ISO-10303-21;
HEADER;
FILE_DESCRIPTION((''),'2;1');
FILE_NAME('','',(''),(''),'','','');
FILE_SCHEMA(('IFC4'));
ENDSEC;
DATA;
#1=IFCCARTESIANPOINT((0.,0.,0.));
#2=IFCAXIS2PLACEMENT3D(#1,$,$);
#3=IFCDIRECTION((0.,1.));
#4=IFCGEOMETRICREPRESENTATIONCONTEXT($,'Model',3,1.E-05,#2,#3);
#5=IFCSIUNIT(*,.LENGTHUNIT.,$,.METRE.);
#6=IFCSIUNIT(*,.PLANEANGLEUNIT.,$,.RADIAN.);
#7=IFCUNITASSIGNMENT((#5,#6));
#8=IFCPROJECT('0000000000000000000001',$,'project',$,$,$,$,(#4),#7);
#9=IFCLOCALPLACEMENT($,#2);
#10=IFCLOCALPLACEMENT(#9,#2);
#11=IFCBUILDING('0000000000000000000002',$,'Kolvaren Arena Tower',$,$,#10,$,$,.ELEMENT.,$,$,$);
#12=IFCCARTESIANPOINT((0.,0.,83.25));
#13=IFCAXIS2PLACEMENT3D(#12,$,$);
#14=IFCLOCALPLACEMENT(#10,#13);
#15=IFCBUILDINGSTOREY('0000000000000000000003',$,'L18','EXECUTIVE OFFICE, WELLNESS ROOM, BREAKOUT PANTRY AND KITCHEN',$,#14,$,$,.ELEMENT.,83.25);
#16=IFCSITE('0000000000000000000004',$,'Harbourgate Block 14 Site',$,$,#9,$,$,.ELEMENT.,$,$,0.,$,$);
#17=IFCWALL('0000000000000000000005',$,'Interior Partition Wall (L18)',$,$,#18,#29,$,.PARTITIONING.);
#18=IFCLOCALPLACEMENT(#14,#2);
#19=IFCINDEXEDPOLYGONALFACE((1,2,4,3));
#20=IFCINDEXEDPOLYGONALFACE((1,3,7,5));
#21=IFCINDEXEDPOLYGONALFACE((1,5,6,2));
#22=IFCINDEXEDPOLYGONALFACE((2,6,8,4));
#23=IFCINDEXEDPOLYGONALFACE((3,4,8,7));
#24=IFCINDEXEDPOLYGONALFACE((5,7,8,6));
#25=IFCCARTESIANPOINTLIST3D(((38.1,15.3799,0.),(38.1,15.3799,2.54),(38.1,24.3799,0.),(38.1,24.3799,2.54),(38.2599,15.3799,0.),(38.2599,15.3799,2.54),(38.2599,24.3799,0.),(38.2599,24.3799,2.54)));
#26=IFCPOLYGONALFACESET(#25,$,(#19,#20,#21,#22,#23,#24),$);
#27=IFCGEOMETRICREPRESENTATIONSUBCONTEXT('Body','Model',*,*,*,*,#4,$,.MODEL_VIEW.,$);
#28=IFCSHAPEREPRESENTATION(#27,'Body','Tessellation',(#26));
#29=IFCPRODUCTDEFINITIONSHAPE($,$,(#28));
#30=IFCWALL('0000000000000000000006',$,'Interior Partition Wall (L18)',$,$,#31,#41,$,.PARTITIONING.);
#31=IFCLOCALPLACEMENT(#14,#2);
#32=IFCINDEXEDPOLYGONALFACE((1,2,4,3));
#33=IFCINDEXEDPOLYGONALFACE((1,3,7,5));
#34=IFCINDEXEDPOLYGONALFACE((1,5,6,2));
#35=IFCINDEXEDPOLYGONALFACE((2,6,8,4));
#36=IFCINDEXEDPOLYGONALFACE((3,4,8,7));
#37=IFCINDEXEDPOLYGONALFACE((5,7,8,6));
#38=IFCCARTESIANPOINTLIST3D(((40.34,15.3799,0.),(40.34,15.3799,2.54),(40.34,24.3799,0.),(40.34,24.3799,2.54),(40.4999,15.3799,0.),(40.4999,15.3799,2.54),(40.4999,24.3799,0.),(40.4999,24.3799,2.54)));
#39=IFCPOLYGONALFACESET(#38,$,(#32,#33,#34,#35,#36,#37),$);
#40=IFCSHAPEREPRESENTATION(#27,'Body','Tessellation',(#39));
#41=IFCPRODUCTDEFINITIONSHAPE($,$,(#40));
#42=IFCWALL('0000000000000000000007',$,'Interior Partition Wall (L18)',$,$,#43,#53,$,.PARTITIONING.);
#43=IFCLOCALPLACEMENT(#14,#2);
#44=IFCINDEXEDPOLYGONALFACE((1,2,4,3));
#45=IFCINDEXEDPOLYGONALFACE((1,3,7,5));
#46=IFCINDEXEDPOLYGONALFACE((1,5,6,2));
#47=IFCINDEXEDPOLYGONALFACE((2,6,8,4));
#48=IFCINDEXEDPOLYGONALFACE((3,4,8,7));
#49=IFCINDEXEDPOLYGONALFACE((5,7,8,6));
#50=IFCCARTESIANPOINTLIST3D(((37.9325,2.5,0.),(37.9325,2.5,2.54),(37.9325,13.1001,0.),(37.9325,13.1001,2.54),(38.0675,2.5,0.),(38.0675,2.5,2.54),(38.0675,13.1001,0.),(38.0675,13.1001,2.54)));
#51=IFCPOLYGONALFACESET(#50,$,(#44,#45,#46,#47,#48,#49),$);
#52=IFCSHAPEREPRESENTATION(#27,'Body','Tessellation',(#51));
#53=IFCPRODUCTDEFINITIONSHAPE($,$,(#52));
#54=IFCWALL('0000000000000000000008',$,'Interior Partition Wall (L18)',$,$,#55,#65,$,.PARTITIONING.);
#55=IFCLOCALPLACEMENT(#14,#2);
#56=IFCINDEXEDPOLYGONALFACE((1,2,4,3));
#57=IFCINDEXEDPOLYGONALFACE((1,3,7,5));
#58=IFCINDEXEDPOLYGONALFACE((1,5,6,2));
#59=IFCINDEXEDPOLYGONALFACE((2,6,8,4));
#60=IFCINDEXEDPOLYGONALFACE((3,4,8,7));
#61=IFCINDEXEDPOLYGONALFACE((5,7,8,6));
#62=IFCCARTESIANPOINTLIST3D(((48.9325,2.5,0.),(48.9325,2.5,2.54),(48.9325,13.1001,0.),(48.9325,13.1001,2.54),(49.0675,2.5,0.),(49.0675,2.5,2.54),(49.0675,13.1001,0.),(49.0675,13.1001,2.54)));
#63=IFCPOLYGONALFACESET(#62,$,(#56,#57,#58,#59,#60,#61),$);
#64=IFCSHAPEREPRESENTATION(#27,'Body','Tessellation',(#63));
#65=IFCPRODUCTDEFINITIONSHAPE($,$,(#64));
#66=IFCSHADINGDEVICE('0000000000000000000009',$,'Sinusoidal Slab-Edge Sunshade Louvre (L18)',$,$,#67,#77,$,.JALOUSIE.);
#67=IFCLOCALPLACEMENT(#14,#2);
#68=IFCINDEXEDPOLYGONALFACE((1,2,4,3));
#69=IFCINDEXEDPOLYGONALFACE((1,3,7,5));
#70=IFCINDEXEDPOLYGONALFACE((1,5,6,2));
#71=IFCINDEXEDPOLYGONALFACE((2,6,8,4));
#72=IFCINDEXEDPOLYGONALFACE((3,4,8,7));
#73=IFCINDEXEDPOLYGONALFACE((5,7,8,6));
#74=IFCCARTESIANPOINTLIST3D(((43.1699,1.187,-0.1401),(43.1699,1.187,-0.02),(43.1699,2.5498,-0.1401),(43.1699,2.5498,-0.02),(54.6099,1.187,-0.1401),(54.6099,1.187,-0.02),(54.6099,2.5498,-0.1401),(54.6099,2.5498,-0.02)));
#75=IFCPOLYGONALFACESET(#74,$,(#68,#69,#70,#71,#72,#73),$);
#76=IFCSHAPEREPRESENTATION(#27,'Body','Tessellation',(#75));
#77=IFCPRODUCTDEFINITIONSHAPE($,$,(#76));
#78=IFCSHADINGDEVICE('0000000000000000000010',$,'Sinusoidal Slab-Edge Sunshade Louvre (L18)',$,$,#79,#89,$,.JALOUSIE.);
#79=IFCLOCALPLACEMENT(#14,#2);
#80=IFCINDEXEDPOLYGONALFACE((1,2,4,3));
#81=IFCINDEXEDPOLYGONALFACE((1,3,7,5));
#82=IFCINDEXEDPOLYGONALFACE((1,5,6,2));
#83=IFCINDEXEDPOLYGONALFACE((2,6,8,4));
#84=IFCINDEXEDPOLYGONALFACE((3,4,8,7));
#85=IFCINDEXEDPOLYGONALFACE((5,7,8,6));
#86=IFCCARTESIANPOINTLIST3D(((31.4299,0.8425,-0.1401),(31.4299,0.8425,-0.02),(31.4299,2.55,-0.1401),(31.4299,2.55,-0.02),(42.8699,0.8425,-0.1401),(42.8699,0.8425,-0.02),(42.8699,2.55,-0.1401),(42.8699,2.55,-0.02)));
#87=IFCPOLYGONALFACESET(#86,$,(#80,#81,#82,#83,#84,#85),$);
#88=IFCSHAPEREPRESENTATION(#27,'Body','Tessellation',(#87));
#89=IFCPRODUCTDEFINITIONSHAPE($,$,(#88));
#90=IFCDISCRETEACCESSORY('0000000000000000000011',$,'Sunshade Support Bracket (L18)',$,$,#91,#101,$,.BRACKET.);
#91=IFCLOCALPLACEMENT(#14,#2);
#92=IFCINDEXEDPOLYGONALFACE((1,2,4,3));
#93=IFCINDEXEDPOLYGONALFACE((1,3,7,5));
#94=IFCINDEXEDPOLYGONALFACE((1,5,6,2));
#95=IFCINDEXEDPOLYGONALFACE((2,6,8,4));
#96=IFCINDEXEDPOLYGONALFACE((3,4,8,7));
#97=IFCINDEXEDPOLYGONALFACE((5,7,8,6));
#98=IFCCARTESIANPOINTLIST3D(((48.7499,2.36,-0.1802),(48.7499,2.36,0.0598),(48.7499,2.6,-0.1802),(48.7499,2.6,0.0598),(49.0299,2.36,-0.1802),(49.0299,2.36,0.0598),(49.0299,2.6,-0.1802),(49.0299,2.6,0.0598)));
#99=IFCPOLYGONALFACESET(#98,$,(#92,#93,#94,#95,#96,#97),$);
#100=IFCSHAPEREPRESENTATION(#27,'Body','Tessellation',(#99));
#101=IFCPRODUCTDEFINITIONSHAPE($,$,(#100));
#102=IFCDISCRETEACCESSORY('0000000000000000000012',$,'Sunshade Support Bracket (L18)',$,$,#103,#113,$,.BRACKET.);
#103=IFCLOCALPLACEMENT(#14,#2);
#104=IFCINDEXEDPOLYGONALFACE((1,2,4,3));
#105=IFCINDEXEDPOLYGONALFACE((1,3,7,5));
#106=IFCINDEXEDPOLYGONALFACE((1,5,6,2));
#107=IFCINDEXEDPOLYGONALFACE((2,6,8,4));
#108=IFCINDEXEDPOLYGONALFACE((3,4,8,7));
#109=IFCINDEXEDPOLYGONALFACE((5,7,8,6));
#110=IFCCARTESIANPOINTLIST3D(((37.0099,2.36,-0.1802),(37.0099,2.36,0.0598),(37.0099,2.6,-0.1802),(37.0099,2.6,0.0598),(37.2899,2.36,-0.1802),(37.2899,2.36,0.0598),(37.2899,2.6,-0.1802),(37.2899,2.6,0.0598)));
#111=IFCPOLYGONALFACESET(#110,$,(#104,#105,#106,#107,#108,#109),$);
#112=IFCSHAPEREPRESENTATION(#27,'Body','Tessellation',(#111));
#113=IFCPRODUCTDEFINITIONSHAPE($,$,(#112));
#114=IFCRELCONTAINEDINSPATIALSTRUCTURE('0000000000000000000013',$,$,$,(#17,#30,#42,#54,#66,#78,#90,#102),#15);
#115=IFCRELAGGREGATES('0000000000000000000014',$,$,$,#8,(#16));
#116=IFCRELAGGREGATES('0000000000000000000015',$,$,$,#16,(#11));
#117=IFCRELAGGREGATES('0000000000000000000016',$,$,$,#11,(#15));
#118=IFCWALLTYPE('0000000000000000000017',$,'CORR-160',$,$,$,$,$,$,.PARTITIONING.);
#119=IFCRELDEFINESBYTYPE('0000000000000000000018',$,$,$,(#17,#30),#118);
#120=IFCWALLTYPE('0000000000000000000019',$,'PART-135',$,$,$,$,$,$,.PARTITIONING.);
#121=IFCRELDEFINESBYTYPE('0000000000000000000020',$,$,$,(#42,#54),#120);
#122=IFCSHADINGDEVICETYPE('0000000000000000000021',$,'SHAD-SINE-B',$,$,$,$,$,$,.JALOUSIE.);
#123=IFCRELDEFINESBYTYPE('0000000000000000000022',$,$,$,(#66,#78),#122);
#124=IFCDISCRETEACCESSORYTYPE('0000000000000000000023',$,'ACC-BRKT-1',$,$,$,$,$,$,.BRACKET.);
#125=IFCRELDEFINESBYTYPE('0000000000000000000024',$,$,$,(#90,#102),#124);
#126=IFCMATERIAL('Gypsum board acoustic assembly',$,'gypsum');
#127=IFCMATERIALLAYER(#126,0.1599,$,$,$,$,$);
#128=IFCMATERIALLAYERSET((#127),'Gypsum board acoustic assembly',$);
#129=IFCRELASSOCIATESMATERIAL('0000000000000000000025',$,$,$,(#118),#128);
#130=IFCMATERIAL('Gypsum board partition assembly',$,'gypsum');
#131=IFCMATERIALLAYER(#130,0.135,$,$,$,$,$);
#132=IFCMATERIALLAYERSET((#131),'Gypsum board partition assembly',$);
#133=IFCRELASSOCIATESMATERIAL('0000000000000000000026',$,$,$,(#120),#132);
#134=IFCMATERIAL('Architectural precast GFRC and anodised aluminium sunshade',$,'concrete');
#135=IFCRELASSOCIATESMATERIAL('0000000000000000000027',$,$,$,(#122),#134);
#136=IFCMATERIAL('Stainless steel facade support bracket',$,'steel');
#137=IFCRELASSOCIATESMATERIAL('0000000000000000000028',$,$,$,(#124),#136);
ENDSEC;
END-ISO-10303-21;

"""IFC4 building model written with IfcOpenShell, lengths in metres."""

from ifc_helpers import new_model, si_unit, direction, frame, frame_2d, origin, origin_2d, place, context, subcontext, project, spatial, rectangle, extrude, material, layer, layer_set, type_object, element, save


model = new_model("IFC4")

# Units and contexts
model_context = context("Model", 3, precision=1e-05, world=origin(), true_north=direction((0.0, 1.0)))
body_context = subcontext(model_context, "Body", "Model", "MODEL_VIEW")
ifc_project = project(units=[si_unit("LENGTHUNIT", "METRE"), si_unit("PLANEANGLEUNIT", "RADIAN")], contexts=[model_context])

# Site, building, storey
site_placement = place(None, origin())
site = spatial("IfcSite", under=ifc_project, at=site_placement, Name="Harbourgate Block 14 Site", CompositionType="ELEMENT", RefElevation=0.0)
building_placement = place(site_placement, origin())
building = spatial("IfcBuilding", under=site, at=building_placement, Name="Kolvaren Arena Tower", CompositionType="ELEMENT")
storey_placement = place(building_placement, frame((0.0, 0.0, 83.25)))
storey = spatial("IfcBuildingStorey", under=building, at=storey_placement, Name="L18", Description="EXECUTIVE OFFICE, WELLNESS ROOM, BREAKOUT PANTRY AND KITCHEN", CompositionType="ELEMENT", Elevation=83.25)

# Walls
ifc_material_1 = material(Name="Gypsum board acoustic assembly", Category="gypsum")
ifc_layer_1 = layer(ifc_material_1, 0.1599)
ifc_layer_set_1 = layer_set([ifc_layer_1], Name="Gypsum board acoustic assembly")
wall_type_1 = type_object("IfcWallType", Name="CORR-160", PredefinedType="PARTITIONING", material=ifc_layer_set_1)
for number, where, z_axis, x_axis, name in (
    (1, (38.1799, 15.3799, 0.0), (0.0, 0.0, 1.0), (0.0, 1.0, 0.0), "Interior Partition Wall (L18)"),
    (2, (40.4199, 15.3799, 0.0), (0.0, 0.0, 1.0), (0.0, 1.0, 0.0), "Interior Partition Wall (L18)"),
):
    element("IfcWall", number, at=place(storey_placement, frame(where, z_axis=z_axis, x_axis=x_axis)), inside=storey, type_object=wall_type_1, Name=name, PredefinedType="PARTITIONING", context=body_context, shape_type="SweptSolid", body=[
        extrude(rectangle(XDim=9.0, YDim=0.1599, at=frame_2d((4.5, 0.0))), origin(), (0.0, 0.0, 1.0), 2.54),
    ])
ifc_material_2 = material(Name="Gypsum board partition assembly", Category="gypsum")
ifc_layer_2 = layer(ifc_material_2, 0.135)
ifc_layer_set_2 = layer_set([ifc_layer_2], Name="Gypsum board partition assembly")
wall_type_2 = type_object("IfcWallType", Name="PART-135", PredefinedType="PARTITIONING", material=ifc_layer_set_2)
for number, where, z_axis, x_axis, name in (
    (3, (38.0, 2.5, 0.0), (0.0, 0.0, 1.0), (0.0, 1.0, 0.0), "Interior Partition Wall (L18)"),
    (4, (49.0, 2.5, 0.0), (0.0, 0.0, 1.0), (0.0, 1.0, 0.0), "Interior Partition Wall (L18)"),
):
    element("IfcWall", number, at=place(storey_placement, frame(where, z_axis=z_axis, x_axis=x_axis)), inside=storey, type_object=wall_type_2, Name=name, PredefinedType="PARTITIONING", context=body_context, shape_type="SweptSolid", body=[
        extrude(rectangle(XDim=10.6001, YDim=0.135, at=frame_2d((5.3, 0.0))), origin(), (0.0, 0.0, 1.0), 2.54),
    ])

# Shading devices
ifc_material_3 = material(Name="Architectural precast GFRC and anodised aluminium sunshade", Category="concrete")
shading_device_type = type_object("IfcShadingDeviceType", Name="SHAD-SINE-B", PredefinedType="JALOUSIE", material=ifc_material_3)
shading_device_1_placement = place(storey_placement, frame((48.8899, 1.8684, -0.1401), z_axis=(0.0, 0.0, 1.0), x_axis=(-1.0, 0.0, 0.0)))
element("IfcShadingDevice", 5, at=shading_device_1_placement, inside=storey, type_object=shading_device_type, Name="Sinusoidal Slab-Edge Sunshade Louvre (L18)", PredefinedType="JALOUSIE", context=body_context, shape_type="SweptSolid", body=[
    extrude(rectangle(XDim=11.4399, YDim=1.3628, at=origin_2d()), origin(), (0.0, 0.0, 1.0), 0.1201),
])
shading_device_2_placement = place(storey_placement, frame((37.1499, 1.6963, -0.1401), z_axis=(0.0, 0.0, 1.0), x_axis=(-1.0, 0.0, 0.0)))
element("IfcShadingDevice", 6, at=shading_device_2_placement, inside=storey, type_object=shading_device_type, Name="Sinusoidal Slab-Edge Sunshade Louvre (L18)", PredefinedType="JALOUSIE", context=body_context, shape_type="SweptSolid", body=[
    extrude(rectangle(XDim=11.4399, YDim=1.7075, at=origin_2d()), origin(), (0.0, 0.0, 1.0), 0.1201),
])

# Discrete accessories
ifc_material_4 = material(Name="Stainless steel facade support bracket", Category="steel")
discrete_accessory_type = type_object("IfcDiscreteAccessoryType", Name="ACC-BRKT-1", PredefinedType="BRACKET", material=ifc_material_4)
for number, where, z_axis, x_axis, name in (
    (7, (48.8899, 2.48, -0.1802), (0.0, 0.0, 1.0), (-1.0, 0.0, 0.0), "Sunshade Support Bracket (L18)"),
    (8, (37.1499, 2.48, -0.1802), (0.0, 0.0, 1.0), (-1.0, 0.0, 0.0), "Sunshade Support Bracket (L18)"),
):
    element("IfcDiscreteAccessory", number, at=place(storey_placement, frame(where, z_axis=z_axis, x_axis=x_axis)), inside=storey, type_object=discrete_accessory_type, Name=name, PredefinedType="BRACKET", context=body_context, shape_type="SweptSolid", body=[
        extrude(rectangle(XDim=0.28, YDim=0.24, at=origin_2d()), origin(), (0.0, 0.0, 1.0), 0.24),
    ])

save(model, "model.ifc")
